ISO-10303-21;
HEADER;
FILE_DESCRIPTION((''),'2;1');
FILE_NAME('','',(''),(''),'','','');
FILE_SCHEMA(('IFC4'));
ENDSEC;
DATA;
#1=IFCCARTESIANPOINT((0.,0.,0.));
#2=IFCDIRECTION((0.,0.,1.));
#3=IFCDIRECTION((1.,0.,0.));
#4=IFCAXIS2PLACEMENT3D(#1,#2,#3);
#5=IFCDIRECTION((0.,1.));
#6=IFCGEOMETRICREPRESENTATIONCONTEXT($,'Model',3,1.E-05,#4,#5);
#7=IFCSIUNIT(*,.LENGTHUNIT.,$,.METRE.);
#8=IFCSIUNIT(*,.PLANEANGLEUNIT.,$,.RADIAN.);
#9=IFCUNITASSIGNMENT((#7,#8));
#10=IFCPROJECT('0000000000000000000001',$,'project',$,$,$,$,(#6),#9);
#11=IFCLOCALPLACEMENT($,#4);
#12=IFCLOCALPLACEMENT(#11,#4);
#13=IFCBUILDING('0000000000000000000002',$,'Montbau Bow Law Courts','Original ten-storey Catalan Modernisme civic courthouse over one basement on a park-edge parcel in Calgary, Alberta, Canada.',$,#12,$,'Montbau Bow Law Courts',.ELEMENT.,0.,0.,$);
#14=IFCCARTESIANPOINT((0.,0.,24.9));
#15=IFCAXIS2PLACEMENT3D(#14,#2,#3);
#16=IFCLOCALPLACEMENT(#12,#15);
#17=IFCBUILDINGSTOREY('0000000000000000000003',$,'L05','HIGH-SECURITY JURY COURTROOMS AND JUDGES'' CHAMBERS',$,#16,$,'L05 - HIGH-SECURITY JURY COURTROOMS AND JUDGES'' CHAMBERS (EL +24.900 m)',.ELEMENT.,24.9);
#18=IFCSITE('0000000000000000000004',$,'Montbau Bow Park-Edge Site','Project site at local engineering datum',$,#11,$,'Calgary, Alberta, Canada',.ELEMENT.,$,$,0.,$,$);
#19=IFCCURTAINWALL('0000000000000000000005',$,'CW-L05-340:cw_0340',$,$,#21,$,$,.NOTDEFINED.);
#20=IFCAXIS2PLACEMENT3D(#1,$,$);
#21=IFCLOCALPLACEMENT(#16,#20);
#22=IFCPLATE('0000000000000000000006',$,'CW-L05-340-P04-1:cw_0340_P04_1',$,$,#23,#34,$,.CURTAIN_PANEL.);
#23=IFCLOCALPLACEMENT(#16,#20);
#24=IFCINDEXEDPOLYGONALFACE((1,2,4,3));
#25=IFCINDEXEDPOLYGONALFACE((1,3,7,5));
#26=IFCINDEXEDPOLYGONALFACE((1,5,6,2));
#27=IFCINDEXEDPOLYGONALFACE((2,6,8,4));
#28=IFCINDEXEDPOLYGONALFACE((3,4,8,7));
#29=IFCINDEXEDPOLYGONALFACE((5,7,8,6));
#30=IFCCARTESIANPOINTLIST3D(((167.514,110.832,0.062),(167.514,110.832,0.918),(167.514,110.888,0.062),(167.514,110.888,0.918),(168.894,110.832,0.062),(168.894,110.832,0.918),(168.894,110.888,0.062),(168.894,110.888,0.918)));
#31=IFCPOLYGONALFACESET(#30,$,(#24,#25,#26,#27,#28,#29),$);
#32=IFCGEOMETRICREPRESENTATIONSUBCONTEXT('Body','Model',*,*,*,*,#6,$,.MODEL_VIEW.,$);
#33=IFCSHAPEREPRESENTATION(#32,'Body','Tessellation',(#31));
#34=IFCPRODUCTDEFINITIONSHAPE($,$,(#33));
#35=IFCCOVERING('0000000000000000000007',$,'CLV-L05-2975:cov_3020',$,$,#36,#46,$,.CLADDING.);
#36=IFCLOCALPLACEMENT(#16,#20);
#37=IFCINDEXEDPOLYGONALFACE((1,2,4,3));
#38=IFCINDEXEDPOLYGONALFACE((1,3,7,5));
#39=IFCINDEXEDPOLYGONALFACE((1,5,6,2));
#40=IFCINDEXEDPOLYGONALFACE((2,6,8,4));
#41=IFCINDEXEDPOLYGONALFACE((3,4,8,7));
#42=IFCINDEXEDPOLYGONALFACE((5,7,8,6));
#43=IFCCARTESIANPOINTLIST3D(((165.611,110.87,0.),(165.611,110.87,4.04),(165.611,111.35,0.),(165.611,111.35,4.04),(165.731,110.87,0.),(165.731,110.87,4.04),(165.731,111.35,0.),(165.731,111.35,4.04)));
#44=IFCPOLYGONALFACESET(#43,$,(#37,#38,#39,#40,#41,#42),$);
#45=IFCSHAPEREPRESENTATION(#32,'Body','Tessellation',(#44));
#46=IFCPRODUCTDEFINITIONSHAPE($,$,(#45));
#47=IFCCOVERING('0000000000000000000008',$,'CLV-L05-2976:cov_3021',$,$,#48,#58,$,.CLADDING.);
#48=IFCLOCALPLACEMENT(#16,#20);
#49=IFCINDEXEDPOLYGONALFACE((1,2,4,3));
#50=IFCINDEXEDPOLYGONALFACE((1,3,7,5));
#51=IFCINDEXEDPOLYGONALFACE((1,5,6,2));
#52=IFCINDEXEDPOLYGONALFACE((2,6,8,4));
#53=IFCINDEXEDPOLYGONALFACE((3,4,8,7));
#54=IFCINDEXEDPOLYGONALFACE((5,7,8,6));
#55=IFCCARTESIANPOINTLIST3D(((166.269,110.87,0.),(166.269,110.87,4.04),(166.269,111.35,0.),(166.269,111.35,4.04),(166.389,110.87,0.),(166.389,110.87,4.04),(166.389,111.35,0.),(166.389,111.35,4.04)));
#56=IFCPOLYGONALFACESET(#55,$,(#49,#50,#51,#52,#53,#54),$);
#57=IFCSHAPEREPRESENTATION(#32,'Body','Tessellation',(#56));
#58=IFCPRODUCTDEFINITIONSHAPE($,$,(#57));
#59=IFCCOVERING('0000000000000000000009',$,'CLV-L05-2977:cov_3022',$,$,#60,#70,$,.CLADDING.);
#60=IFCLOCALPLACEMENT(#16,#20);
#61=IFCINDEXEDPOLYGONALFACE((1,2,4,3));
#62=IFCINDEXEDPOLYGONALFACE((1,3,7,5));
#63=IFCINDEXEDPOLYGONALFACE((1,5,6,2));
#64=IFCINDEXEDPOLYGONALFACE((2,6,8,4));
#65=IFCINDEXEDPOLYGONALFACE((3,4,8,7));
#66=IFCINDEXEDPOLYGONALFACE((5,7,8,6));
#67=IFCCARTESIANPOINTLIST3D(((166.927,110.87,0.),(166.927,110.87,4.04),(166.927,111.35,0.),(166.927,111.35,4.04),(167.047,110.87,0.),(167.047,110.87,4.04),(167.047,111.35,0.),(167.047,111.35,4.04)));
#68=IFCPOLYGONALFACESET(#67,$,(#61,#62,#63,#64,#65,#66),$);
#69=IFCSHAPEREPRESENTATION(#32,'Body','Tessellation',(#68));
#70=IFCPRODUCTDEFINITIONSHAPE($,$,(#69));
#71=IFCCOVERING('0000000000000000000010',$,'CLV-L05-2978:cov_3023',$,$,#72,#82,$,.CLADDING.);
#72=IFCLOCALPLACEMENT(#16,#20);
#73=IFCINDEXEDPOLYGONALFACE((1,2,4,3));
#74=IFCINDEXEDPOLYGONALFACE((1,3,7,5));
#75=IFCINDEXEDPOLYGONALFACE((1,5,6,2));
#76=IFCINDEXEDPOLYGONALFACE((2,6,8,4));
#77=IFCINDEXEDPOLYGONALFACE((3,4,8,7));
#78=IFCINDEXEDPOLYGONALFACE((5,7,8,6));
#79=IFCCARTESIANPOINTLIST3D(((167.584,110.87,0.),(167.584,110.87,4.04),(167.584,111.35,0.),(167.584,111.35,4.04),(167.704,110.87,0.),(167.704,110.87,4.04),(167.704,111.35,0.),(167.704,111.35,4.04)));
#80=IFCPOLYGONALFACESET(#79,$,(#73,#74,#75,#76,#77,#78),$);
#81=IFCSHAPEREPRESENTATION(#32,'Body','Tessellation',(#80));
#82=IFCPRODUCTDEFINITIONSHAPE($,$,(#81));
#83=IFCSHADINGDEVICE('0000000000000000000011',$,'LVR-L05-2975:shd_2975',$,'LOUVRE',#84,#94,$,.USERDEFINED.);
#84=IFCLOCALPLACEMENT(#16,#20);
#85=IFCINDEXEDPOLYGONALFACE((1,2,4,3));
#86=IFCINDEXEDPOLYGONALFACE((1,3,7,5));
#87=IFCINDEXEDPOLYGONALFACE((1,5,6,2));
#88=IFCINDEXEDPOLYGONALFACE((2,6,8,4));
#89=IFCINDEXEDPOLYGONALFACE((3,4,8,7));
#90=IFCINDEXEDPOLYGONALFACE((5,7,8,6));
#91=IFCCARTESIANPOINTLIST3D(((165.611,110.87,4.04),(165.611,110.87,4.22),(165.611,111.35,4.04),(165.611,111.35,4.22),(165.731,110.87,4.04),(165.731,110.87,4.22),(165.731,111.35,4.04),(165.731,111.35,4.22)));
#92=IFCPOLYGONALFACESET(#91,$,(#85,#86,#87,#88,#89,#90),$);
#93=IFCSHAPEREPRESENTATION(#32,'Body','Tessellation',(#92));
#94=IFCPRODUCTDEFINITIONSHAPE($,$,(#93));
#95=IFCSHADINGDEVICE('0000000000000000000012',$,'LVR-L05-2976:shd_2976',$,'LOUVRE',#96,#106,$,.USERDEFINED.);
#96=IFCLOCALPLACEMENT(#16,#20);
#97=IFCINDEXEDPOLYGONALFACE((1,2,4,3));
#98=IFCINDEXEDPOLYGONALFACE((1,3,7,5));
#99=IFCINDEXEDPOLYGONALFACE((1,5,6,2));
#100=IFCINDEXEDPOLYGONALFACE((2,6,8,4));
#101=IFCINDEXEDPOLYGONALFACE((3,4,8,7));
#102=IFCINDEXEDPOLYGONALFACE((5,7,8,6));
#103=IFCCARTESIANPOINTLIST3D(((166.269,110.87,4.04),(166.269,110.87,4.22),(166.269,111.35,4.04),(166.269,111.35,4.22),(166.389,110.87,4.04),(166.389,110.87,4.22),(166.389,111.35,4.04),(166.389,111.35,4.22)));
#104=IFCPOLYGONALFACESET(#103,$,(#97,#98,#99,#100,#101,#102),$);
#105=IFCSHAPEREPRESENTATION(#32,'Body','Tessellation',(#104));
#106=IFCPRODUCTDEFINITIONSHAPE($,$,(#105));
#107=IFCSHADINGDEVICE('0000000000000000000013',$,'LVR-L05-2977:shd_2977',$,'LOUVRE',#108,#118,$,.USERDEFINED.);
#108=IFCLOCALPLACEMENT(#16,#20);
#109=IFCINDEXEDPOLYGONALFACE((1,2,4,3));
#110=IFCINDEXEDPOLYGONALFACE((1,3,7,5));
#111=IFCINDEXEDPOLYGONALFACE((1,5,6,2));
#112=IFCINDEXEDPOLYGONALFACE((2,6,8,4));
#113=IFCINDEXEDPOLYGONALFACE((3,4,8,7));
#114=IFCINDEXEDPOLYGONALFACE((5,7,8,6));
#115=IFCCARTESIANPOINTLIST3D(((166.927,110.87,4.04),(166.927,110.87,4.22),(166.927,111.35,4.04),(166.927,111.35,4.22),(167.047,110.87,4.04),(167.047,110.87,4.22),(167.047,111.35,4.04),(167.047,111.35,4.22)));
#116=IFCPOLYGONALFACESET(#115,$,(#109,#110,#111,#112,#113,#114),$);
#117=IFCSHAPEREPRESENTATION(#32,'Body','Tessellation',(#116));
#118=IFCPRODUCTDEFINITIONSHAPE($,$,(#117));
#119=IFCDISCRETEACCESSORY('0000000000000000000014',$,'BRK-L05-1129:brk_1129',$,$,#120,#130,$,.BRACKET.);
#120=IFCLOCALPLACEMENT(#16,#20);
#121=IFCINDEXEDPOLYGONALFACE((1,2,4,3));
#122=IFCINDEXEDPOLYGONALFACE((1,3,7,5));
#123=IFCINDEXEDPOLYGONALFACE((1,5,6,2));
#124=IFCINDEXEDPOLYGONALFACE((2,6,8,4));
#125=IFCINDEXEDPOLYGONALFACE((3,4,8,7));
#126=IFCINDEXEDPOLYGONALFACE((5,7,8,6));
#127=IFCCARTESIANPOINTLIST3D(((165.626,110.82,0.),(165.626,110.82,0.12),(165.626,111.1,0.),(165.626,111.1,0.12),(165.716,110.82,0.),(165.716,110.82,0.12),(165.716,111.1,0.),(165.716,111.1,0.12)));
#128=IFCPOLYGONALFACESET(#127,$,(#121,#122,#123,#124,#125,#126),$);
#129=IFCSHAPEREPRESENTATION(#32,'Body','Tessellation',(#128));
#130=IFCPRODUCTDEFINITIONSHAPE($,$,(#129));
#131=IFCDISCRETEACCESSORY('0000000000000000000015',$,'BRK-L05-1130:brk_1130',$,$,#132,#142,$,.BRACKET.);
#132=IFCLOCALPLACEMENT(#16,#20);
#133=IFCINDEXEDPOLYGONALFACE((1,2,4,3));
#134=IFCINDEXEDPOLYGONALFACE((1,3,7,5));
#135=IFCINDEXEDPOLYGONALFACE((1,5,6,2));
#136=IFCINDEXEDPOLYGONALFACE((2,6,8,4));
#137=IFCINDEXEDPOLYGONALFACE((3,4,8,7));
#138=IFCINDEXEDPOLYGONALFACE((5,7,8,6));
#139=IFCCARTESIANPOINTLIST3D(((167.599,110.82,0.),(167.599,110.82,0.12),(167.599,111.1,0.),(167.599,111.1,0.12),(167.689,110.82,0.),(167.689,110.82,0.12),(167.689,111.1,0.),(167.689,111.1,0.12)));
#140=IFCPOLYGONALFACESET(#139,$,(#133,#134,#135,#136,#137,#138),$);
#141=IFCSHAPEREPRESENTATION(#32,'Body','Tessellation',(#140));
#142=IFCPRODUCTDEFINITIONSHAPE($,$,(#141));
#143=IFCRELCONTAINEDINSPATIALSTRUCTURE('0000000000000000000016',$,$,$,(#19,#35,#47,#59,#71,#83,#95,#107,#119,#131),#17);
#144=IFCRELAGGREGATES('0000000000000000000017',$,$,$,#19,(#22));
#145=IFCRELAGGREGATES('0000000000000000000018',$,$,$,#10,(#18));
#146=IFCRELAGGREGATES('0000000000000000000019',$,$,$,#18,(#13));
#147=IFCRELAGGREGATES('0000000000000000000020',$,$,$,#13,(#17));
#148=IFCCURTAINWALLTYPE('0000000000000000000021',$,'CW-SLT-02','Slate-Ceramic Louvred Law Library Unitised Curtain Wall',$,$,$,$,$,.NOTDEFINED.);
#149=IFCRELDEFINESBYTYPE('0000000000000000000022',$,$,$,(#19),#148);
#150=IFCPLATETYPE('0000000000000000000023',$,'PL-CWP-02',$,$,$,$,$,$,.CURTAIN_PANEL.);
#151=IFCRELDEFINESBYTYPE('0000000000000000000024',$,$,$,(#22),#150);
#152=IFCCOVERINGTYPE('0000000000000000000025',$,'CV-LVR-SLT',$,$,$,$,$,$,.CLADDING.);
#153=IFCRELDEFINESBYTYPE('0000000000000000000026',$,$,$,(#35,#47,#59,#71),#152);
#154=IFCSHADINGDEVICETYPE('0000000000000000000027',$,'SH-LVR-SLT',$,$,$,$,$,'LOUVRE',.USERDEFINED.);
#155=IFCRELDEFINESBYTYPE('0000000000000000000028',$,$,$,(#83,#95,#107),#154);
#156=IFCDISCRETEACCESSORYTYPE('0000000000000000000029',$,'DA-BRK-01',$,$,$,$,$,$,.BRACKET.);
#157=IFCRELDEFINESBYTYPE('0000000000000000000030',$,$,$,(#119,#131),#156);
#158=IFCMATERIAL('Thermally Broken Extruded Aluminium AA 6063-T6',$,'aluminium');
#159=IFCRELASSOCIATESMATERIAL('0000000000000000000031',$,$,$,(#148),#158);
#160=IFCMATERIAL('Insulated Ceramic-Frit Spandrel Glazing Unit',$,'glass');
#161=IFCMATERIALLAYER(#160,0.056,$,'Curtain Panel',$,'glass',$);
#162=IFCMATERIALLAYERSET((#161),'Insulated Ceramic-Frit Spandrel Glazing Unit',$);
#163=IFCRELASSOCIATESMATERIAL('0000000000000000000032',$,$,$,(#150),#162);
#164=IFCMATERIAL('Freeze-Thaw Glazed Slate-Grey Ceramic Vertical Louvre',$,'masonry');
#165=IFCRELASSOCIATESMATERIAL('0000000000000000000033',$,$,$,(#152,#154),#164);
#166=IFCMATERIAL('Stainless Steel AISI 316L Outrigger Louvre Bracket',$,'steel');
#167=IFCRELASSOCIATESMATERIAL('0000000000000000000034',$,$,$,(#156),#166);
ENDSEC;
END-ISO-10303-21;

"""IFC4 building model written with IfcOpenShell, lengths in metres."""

from ifc_helpers import new_model, si_unit, direction, frame, frame_2d, origin_with_axes, origin_2d_with_axis, place, context, subcontext, project, spatial, rectangle, extrude, material, layer, layer_set, type_object, element, aggregate, save


model = new_model("IFC4")

# Units and contexts
model_context = context("Model", 3, precision=1e-05, world=origin_with_axes(), true_north=direction((0.0, 1.0)))
body_context = subcontext(model_context, "Body", "Model", "MODEL_VIEW")
ifc_project = project(units=[si_unit("LENGTHUNIT", "METRE"), si_unit("PLANEANGLEUNIT", "RADIAN")], contexts=[model_context])

# Site, building, storey
site_placement = place(None, origin_with_axes())
site = spatial("IfcSite", under=ifc_project, at=site_placement, Name="Montbau Bow Park-Edge Site", Description="Project site at local engineering datum", LongName="Calgary, Alberta, Canada", CompositionType="ELEMENT", RefElevation=0.0)
building_placement = place(site_placement, origin_with_axes())
building = spatial("IfcBuilding", under=site, at=building_placement, Name="Montbau Bow Law Courts", Description="Original ten-storey Catalan Modernisme civic courthouse over one basement on a park-edge parcel in Calgary, Alberta, Canada.", LongName="Montbau Bow Law Courts", CompositionType="ELEMENT", ElevationOfRefHeight=0.0, ElevationOfTerrain=0.0)
storey_placement = place(building_placement, frame((0.0, 0.0, 24.9), z_axis=(0.0, 0.0, 1.0), x_axis=(1.0, 0.0, 0.0)))
storey = spatial("IfcBuildingStorey", under=building, at=storey_placement, Name="L05", Description="HIGH-SECURITY JURY COURTROOMS AND JUDGES' CHAMBERS", LongName="L05 - HIGH-SECURITY JURY COURTROOMS AND JUDGES' CHAMBERS (EL +24.900 m)", CompositionType="ELEMENT", Elevation=24.9)

# Curtain wall, plate
ifc_material_1 = material(Name="Thermally Broken Extruded Aluminium AA 6063-T6", Category="aluminium")
curtain_wall_type = type_object("IfcCurtainWallType", Name="CW-SLT-02", Description="Slate-Ceramic Louvred Law Library Unitised Curtain Wall", PredefinedType="NOTDEFINED", material=ifc_material_1)
curtain_wall_placement = place(None, frame((163.04, 110.86, 24.9), z_axis=(0.0, 0.0, 1.0), x_axis=(1.0, 0.0, 0.0)))
curtain_wall = element("IfcCurtainWall", 1, at=curtain_wall_placement, inside=storey, type_object=curtain_wall_type, Name="CW-L05-340:cw_0340", PredefinedType="NOTDEFINED")
ifc_material_2 = material(Name="Insulated Ceramic-Frit Spandrel Glazing Unit", Category="glass")
ifc_layer_1 = layer(ifc_material_2, 0.056, Name="Curtain Panel", Category="glass")
ifc_layer_set_1 = layer_set([ifc_layer_1], Name="Insulated Ceramic-Frit Spandrel Glazing Unit")
plate_type_1 = type_object("IfcPlateType", Name="PL-CWP-02", PredefinedType="CURTAIN_PANEL", material=ifc_layer_set_1)
plate_1_placement = place(None, frame((167.514, 110.86, 24.962), z_axis=(0.0, -1.0, 0.0), x_axis=(1.0, 0.0, 0.0)))
plate_1 = element("IfcPlate", 2, at=plate_1_placement, type_object=plate_type_1, Name="CW-L05-340-P04-1:cw_0340_P04_1", PredefinedType="CURTAIN_PANEL", context=body_context, shape_type="SweptSolid", body=[
    extrude(rectangle(XDim=1.38, YDim=0.856, at=frame_2d((0.69, 0.428), x_axis=(1.0, 0.0))), frame((0.0, 0.0, -0.028), z_axis=(0.0, 0.0, 1.0), x_axis=(1.0, 0.0, 0.0)), (0.0, 0.0, 1.0), 0.056),
])
aggregate(curtain_wall, [plate_1])

# Coverings
ifc_material_3 = material(Name="Freeze-Thaw Glazed Slate-Grey Ceramic Vertical Louvre", Category="masonry")
covering_type = type_object("IfcCoveringType", Name="CV-LVR-SLT", PredefinedType="CLADDING", material=ifc_material_3)
for number, where, z_axis, x_axis, name in (
    (3, (165.671, 110.87, 24.9), (1.0, 0.0, 0.0), (0.0, 1.0, 0.0), "CLV-L05-2975:cov_3020"),
    (4, (166.329, 110.87, 24.9), (1.0, 0.0, 0.0), (0.0, 1.0, 0.0), "CLV-L05-2976:cov_3021"),
    (5, (166.987, 110.87, 24.9), (1.0, 0.0, 0.0), (0.0, 1.0, 0.0), "CLV-L05-2977:cov_3022"),
    (6, (167.644, 110.87, 24.9), (1.0, 0.0, 0.0), (0.0, 1.0, 0.0), "CLV-L05-2978:cov_3023"),
):
    element("IfcCovering", number, at=place(None, frame(where, z_axis=z_axis, x_axis=x_axis)), inside=storey, type_object=covering_type, Name=name, PredefinedType="CLADDING", context=body_context, shape_type="SweptSolid", body=[
        extrude(rectangle(XDim=0.48, YDim=4.04, at=frame_2d((0.24, 2.02), x_axis=(1.0, 0.0))), frame((0.0, 0.0, -0.06), z_axis=(0.0, 0.0, 1.0), x_axis=(1.0, 0.0, 0.0)), (0.0, 0.0, 1.0), 0.12),
    ])

# Shading devices
shading_device_type = type_object("IfcShadingDeviceType", Name="SH-LVR-SLT", ElementType="LOUVRE", PredefinedType="USERDEFINED", material=ifc_material_3)
for number, where, z_axis, x_axis, name in (
    (7, (165.671, 111.11, 28.94), (0.0, 0.0, 1.0), (0.0, 1.0, 0.0), "LVR-L05-2975:shd_2975"),
    (8, (166.329, 111.11, 28.94), (0.0, 0.0, 1.0), (0.0, 1.0, 0.0), "LVR-L05-2976:shd_2976"),
    (9, (166.987, 111.11, 28.94), (0.0, 0.0, 1.0), (0.0, 1.0, 0.0), "LVR-L05-2977:shd_2977"),
):
    element("IfcShadingDevice", number, at=place(None, frame(where, z_axis=z_axis, x_axis=x_axis)), inside=storey, type_object=shading_device_type, Name=name, ObjectType="LOUVRE", PredefinedType="USERDEFINED", context=body_context, shape_type="SweptSolid", body=[
        extrude(rectangle(XDim=0.48, YDim=0.12, at=origin_2d_with_axis()), origin_with_axes(), (0.0, 0.0, 1.0), 0.18),
    ])

# Discrete accessories
ifc_material_4 = material(Name="Stainless Steel AISI 316L Outrigger Louvre Bracket", Category="steel")
discrete_accessory_type = type_object("IfcDiscreteAccessoryType", Name="DA-BRK-01", PredefinedType="BRACKET", material=ifc_material_4)
for number, where, z_axis, x_axis, name in (
    (10, (165.671, 110.96, 24.9), (0.0, 0.0, 1.0), (0.0, 1.0, 0.0), "BRK-L05-1129:brk_1129"),
    (11, (167.644, 110.96, 24.9), (0.0, 0.0, 1.0), (0.0, 1.0, 0.0), "BRK-L05-1130:brk_1130"),
):
    element("IfcDiscreteAccessory", number, at=place(None, frame(where, z_axis=z_axis, x_axis=x_axis)), inside=storey, type_object=discrete_accessory_type, Name=name, PredefinedType="BRACKET", context=body_context, shape_type="SweptSolid", body=[
        extrude(rectangle(XDim=0.28, YDim=0.09, at=origin_2d_with_axis()), origin_with_axes(), (0.0, 0.0, 1.0), 0.12),
    ])

save(model, "model.ifc")
